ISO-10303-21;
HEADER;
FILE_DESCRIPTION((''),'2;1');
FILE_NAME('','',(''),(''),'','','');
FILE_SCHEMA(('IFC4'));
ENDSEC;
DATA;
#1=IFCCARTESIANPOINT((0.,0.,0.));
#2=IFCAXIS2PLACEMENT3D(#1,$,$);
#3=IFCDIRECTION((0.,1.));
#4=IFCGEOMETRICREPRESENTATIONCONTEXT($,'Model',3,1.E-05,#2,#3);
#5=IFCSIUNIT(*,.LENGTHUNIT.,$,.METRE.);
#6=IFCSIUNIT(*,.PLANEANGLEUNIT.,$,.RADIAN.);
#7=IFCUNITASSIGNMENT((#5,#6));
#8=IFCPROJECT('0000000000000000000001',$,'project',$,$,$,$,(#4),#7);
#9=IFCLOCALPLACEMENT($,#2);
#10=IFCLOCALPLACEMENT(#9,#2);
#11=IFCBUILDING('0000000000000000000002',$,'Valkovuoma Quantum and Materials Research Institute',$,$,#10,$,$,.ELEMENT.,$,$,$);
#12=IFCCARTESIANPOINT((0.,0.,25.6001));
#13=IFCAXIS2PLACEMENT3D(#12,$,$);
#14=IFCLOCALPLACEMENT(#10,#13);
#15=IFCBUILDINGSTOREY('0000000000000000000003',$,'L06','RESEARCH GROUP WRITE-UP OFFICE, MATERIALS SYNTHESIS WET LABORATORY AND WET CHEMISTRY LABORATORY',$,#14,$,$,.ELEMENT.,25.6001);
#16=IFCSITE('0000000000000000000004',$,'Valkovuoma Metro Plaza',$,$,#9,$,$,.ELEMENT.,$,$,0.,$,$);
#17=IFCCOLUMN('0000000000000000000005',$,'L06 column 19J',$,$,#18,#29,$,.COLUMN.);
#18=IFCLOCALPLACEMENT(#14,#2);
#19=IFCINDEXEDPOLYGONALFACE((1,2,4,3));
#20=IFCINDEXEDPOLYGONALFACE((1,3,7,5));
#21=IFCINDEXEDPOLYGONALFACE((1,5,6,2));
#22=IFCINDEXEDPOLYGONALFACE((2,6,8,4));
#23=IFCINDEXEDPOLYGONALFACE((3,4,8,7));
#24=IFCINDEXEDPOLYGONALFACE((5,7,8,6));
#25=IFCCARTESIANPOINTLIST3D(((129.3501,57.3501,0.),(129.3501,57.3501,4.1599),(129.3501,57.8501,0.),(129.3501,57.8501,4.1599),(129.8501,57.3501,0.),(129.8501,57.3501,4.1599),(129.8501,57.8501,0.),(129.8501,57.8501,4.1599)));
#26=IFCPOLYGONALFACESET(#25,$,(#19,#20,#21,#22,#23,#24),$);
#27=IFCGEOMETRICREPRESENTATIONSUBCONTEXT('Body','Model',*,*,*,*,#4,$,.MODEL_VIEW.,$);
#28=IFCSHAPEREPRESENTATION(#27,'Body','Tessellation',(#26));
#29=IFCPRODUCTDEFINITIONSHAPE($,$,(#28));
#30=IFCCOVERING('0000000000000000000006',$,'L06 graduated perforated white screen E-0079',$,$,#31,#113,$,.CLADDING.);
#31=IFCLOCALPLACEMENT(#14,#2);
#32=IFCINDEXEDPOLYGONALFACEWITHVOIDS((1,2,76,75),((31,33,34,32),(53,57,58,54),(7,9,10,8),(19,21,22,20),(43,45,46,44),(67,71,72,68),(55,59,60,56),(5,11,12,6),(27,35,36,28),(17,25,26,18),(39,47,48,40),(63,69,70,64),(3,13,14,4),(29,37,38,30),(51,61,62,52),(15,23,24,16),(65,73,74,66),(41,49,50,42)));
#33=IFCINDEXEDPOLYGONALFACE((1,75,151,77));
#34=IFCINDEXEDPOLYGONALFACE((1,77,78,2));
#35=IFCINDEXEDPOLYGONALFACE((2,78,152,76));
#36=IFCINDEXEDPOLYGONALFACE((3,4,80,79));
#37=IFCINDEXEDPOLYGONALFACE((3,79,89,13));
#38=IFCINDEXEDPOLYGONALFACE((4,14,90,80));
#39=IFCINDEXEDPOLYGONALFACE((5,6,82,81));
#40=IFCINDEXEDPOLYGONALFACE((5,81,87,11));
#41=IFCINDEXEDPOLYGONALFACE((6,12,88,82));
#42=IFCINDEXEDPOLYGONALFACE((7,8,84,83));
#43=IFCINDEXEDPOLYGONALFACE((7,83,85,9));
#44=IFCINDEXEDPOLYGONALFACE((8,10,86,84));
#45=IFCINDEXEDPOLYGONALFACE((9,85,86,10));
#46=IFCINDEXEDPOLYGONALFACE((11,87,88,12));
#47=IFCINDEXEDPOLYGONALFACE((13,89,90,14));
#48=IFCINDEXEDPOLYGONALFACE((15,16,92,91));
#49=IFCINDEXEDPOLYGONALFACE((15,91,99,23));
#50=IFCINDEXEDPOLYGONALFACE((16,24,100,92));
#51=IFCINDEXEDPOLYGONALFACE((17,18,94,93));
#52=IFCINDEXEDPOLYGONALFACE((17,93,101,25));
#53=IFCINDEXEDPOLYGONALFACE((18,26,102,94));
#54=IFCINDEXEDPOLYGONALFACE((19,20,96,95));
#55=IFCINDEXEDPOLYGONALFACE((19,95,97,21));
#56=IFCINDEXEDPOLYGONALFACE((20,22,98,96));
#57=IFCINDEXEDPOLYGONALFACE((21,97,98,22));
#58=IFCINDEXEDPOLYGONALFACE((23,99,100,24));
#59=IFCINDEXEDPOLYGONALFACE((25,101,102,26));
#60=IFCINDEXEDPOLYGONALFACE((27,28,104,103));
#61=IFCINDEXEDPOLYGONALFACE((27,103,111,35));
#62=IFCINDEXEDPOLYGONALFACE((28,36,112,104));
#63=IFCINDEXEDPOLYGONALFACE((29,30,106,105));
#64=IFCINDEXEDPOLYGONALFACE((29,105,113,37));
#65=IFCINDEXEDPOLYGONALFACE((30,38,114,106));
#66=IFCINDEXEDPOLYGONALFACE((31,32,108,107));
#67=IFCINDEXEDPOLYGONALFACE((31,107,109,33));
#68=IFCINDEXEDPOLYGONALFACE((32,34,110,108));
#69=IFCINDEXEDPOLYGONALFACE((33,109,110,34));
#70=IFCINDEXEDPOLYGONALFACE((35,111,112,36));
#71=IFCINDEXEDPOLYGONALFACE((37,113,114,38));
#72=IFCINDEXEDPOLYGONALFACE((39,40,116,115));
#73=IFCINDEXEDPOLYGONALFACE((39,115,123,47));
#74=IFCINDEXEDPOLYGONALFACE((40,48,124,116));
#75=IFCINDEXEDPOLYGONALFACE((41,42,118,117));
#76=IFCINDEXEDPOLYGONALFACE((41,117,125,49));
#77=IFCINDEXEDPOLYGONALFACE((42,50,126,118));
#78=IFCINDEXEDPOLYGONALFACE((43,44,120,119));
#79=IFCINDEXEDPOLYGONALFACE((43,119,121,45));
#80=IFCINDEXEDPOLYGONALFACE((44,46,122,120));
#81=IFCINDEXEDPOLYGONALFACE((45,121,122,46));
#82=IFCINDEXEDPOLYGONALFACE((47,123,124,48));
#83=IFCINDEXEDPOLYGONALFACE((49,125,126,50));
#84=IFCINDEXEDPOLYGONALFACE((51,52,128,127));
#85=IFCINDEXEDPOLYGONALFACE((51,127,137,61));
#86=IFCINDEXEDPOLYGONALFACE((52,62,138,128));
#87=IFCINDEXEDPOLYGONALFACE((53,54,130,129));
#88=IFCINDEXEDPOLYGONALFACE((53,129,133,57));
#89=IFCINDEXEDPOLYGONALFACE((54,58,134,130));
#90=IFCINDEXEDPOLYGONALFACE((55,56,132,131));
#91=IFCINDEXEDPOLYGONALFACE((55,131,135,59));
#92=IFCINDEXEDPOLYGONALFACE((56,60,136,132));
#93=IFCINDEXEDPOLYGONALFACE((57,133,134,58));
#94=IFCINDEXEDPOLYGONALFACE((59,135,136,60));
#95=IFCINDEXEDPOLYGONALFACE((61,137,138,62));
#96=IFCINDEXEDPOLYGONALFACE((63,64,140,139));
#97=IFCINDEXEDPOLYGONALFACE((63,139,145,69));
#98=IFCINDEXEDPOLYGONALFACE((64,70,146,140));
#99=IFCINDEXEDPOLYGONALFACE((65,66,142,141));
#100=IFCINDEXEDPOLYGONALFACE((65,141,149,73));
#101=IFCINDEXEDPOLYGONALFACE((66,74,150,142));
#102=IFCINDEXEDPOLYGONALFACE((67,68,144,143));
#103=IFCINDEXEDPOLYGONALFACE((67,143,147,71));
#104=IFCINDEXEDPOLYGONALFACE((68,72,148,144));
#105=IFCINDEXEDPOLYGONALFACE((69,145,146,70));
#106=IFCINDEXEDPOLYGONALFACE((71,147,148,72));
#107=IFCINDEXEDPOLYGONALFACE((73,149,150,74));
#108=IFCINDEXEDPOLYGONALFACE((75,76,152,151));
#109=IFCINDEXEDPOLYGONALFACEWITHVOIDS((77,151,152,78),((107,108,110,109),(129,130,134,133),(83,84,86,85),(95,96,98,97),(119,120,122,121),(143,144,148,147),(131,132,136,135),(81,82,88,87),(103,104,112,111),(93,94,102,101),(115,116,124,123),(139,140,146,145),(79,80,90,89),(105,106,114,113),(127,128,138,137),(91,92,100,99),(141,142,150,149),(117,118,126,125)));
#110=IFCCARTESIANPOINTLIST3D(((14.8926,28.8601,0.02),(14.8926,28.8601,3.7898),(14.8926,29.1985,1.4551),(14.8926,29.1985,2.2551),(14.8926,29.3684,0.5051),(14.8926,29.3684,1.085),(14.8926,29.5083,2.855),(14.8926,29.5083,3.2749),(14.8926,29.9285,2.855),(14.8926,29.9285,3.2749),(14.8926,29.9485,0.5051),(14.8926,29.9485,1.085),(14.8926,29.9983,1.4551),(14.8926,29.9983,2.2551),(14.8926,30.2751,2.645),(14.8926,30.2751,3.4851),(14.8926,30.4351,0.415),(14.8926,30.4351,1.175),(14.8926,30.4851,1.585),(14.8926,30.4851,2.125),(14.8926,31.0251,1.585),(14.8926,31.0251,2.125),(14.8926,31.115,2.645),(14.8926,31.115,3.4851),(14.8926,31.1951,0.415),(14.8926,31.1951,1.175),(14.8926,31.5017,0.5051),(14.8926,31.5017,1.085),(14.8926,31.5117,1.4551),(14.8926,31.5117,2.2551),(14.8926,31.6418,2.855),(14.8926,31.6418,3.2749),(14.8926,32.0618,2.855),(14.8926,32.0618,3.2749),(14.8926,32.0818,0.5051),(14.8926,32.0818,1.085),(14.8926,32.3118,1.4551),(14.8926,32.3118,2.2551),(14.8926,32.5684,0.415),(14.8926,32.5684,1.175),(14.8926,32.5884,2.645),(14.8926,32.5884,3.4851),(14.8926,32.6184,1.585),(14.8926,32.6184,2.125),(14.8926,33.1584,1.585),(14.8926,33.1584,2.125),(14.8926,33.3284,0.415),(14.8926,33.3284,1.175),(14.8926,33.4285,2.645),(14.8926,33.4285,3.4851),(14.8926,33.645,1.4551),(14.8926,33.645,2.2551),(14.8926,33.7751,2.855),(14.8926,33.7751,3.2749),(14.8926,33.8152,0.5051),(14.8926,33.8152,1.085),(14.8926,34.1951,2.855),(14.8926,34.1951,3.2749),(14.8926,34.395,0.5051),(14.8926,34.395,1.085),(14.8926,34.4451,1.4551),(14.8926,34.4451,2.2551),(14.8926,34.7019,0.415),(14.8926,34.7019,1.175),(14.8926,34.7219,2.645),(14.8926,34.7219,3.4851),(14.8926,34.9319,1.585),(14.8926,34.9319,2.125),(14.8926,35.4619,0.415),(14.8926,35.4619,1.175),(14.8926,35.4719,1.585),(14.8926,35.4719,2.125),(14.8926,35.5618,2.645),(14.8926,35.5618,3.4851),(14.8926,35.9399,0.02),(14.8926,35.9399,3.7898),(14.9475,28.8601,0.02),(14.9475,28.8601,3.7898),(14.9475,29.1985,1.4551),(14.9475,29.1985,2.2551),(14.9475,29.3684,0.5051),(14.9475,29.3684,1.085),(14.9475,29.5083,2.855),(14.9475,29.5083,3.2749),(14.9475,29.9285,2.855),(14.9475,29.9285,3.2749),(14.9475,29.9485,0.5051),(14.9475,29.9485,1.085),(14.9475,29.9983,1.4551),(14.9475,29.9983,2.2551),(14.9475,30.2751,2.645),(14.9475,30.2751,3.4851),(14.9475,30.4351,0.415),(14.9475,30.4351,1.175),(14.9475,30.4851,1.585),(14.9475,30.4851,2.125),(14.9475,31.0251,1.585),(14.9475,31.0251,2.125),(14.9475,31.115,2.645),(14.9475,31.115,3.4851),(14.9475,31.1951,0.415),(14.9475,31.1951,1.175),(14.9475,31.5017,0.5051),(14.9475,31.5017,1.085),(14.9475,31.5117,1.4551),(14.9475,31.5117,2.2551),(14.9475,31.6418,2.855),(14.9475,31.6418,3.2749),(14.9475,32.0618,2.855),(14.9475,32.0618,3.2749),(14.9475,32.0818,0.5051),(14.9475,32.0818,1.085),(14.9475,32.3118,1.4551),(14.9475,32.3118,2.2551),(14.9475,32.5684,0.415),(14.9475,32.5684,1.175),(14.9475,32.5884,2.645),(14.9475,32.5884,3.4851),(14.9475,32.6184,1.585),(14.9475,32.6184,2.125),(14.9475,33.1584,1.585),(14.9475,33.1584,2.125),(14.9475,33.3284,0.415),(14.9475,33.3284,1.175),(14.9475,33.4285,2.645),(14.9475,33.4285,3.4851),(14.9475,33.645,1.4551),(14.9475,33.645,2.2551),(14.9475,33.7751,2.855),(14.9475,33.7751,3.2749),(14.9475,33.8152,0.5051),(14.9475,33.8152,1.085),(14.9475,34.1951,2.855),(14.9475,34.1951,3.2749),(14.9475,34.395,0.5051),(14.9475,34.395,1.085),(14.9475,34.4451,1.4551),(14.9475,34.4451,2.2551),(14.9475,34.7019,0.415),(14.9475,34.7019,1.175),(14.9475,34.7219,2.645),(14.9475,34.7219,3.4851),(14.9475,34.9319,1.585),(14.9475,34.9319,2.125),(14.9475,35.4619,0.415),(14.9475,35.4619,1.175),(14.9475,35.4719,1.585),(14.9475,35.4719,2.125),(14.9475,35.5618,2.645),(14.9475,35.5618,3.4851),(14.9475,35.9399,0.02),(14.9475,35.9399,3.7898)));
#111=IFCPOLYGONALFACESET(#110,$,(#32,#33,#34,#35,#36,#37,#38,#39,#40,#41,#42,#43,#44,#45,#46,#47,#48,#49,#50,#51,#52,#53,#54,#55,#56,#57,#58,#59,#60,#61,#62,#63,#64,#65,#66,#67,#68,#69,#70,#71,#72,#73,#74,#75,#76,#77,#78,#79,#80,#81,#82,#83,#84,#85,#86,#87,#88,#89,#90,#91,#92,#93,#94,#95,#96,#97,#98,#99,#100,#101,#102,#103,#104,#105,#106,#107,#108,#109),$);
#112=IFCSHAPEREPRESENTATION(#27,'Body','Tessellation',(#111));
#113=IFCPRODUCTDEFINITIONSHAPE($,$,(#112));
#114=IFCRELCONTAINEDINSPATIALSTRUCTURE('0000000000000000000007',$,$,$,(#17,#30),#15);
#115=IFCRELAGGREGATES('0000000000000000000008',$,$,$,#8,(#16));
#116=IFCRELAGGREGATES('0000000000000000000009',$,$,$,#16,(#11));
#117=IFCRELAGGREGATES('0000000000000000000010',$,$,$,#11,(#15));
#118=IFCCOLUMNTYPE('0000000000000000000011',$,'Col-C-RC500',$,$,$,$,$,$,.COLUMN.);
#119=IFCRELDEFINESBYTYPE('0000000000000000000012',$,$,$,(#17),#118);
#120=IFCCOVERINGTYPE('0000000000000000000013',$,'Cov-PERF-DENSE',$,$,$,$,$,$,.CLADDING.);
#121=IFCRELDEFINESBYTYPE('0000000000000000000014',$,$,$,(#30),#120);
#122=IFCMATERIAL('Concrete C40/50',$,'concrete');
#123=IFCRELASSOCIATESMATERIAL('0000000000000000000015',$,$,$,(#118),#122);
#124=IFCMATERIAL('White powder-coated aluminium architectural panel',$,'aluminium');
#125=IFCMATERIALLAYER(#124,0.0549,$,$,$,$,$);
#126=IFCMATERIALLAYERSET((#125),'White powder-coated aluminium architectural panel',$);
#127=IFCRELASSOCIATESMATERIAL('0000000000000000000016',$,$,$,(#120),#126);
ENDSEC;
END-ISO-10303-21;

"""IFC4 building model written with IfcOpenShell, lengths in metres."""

from ifc_helpers import new_model, si_unit, direction, frame, origin, origin_2d, place, context, subcontext, project, spatial, polyline, rectangle, outline, extrude, material, layer, layer_set, material_profile, profile_set, type_object, element, save


model = new_model("IFC4")

# Units and contexts
model_context = context("Model", 3, precision=1e-05, world=origin(), true_north=direction((0.0, 1.0)))
body_context = subcontext(model_context, "Body", "Model", "MODEL_VIEW")
ifc_project = project(units=[si_unit("LENGTHUNIT", "METRE"), si_unit("PLANEANGLEUNIT", "RADIAN")], contexts=[model_context])

# Site, building, storey
site_placement = place(None, origin())
site = spatial("IfcSite", under=ifc_project, at=site_placement, Name="Valkovuoma Metro Plaza", CompositionType="ELEMENT", RefElevation=0.0)
building_placement = place(site_placement, origin())
building = spatial("IfcBuilding", under=site, at=building_placement, Name="Valkovuoma Quantum and Materials Research Institute", CompositionType="ELEMENT")
storey_placement = place(building_placement, frame((0.0, 0.0, 25.6001)))
storey = spatial("IfcBuildingStorey", under=building, at=storey_placement, Name="L06", Description="RESEARCH GROUP WRITE-UP OFFICE, MATERIALS SYNTHESIS WET LABORATORY AND WET CHEMISTRY LABORATORY", CompositionType="ELEMENT", Elevation=25.6001)

# Column
ifc_material_1 = material(Name="Concrete C40/50", Category="concrete")
ifc_material_profile = material_profile(ifc_material_1, rectangle(XDim=0.5, YDim=0.5, at=origin_2d()), Name="Concrete C40/50")
ifc_profile_set = profile_set([ifc_material_profile], Name="Concrete C40/50")
column_type = type_object("IfcColumnType", Name="Col-C-RC500", PredefinedType="COLUMN", material=ifc_profile_set)
column_placement = place(storey_placement, frame((129.6001, 57.6001, 0.0), z_axis=(0.0, 0.0, 1.0), x_axis=(1.0, 0.0, 0.0)))
element("IfcColumn", 1, at=column_placement, inside=storey, type_object=column_type, Name="L06 column 19J", PredefinedType="COLUMN", context=body_context, shape_type="SweptSolid", body=[
    extrude(rectangle(XDim=0.5, YDim=0.5, at=origin_2d()), origin(), (0.0, 0.0, 1.0), 4.1599),
])

# Covering
ifc_material_2 = material(Name="White powder-coated aluminium architectural panel", Category="aluminium")
ifc_layer_1 = layer(ifc_material_2, 0.0549)
ifc_layer_set_1 = layer_set([ifc_layer_1], Name="White powder-coated aluminium architectural panel")
covering_type_1 = type_object("IfcCoveringType", Name="Cov-PERF-DENSE", PredefinedType="CLADDING", material=ifc_layer_set_1)
covering_1_placement = place(storey_placement, frame((14.9199, 28.8601, 0.02), z_axis=(0.0, 0.0, 1.0), x_axis=(0.0, 1.0, 0.0)))
element("IfcCovering", 2, at=covering_1_placement, inside=storey, type_object=covering_type_1, Name="L06 graduated perforated white screen E-0079", PredefinedType="CLADDING", context=body_context, shape_type="SweptSolid", body=[
    extrude(outline(polyline([(0.0, 0.0), (7.0798, 0.0), (7.0798, 3.7698), (0.0, 3.7698), (0.0, 0.0)]), holes=[polyline([(0.5083, 0.4851), (0.5083, 1.0649), (1.0884, 1.0649), (1.0884, 0.4851), (0.5083, 0.4851)]), polyline([(0.3384, 1.4351), (0.3384, 2.2351), (1.1382, 2.2351), (1.1382, 1.4351), (0.3384, 1.4351)]), polyline([(0.6482, 2.835), (0.6482, 3.2549), (1.0684, 3.2549), (1.0684, 2.835), (0.6482, 2.835)]), polyline([(1.575, 0.395), (1.575, 1.155), (2.335, 1.155), (2.335, 0.395), (1.575, 0.395)]), polyline([(1.625, 1.5649), (1.625, 2.105), (2.165, 2.105), (2.165, 1.5649), (1.625, 1.5649)]), polyline([(1.415, 2.625), (1.415, 3.4651), (2.2549, 3.4651), (2.2549, 2.625), (1.415, 2.625)]), polyline([(2.6416, 0.4851), (2.6416, 1.0649), (3.2217, 1.0649), (3.2217, 0.4851), (2.6416, 0.4851)]), polyline([(2.6516, 1.4351), (2.6516, 2.2351), (3.4517, 2.2351), (3.4517, 1.4351), (2.6516, 1.4351)]), polyline([(2.7817, 2.835), (2.7817, 3.2549), (3.2017, 3.2549), (3.2017, 2.835), (2.7817, 2.835)]), polyline([(3.7083, 0.395), (3.7083, 1.155), (4.4683, 1.155), (4.4683, 0.395), (3.7083, 0.395)]), polyline([(3.7583, 1.5649), (3.7583, 2.105), (4.2983, 2.105), (4.2983, 1.5649), (3.7583, 1.5649)]), polyline([(3.7283, 2.625), (3.7283, 3.4651), (4.5684, 3.4651), (4.5684, 2.625), (3.7283, 2.625)]), polyline([(4.9551, 0.4851), (4.9551, 1.0649), (5.5349, 1.0649), (5.5349, 0.4851), (4.9551, 0.4851)]), polyline([(4.7849, 1.4351), (4.7849, 2.2351), (5.585, 2.2351), (5.585, 1.4351), (4.7849, 1.4351)]), polyline([(4.915, 2.835), (4.915, 3.2549), (5.335, 3.2549), (5.335, 2.835), (4.915, 2.835)]), polyline([(5.8418, 0.395), (5.8418, 1.155), (6.6018, 1.155), (6.6018, 0.395), (5.8418, 0.395)]), polyline([(6.0718, 1.5649), (6.0718, 2.105), (6.6118, 2.105), (6.6118, 1.5649), (6.0718, 1.5649)]), polyline([(5.8618, 2.625), (5.8618, 3.4651), (6.7017, 3.4651), (6.7017, 2.625), (5.8618, 2.625)])]), frame((0.0, 0.0273, 0.0), z_axis=(0.0, -1.0, 0.0), x_axis=(1.0, 0.0, 0.0)), (0.0, 0.0, 1.0), 0.0549),
])

save(model, "model.ifc")
